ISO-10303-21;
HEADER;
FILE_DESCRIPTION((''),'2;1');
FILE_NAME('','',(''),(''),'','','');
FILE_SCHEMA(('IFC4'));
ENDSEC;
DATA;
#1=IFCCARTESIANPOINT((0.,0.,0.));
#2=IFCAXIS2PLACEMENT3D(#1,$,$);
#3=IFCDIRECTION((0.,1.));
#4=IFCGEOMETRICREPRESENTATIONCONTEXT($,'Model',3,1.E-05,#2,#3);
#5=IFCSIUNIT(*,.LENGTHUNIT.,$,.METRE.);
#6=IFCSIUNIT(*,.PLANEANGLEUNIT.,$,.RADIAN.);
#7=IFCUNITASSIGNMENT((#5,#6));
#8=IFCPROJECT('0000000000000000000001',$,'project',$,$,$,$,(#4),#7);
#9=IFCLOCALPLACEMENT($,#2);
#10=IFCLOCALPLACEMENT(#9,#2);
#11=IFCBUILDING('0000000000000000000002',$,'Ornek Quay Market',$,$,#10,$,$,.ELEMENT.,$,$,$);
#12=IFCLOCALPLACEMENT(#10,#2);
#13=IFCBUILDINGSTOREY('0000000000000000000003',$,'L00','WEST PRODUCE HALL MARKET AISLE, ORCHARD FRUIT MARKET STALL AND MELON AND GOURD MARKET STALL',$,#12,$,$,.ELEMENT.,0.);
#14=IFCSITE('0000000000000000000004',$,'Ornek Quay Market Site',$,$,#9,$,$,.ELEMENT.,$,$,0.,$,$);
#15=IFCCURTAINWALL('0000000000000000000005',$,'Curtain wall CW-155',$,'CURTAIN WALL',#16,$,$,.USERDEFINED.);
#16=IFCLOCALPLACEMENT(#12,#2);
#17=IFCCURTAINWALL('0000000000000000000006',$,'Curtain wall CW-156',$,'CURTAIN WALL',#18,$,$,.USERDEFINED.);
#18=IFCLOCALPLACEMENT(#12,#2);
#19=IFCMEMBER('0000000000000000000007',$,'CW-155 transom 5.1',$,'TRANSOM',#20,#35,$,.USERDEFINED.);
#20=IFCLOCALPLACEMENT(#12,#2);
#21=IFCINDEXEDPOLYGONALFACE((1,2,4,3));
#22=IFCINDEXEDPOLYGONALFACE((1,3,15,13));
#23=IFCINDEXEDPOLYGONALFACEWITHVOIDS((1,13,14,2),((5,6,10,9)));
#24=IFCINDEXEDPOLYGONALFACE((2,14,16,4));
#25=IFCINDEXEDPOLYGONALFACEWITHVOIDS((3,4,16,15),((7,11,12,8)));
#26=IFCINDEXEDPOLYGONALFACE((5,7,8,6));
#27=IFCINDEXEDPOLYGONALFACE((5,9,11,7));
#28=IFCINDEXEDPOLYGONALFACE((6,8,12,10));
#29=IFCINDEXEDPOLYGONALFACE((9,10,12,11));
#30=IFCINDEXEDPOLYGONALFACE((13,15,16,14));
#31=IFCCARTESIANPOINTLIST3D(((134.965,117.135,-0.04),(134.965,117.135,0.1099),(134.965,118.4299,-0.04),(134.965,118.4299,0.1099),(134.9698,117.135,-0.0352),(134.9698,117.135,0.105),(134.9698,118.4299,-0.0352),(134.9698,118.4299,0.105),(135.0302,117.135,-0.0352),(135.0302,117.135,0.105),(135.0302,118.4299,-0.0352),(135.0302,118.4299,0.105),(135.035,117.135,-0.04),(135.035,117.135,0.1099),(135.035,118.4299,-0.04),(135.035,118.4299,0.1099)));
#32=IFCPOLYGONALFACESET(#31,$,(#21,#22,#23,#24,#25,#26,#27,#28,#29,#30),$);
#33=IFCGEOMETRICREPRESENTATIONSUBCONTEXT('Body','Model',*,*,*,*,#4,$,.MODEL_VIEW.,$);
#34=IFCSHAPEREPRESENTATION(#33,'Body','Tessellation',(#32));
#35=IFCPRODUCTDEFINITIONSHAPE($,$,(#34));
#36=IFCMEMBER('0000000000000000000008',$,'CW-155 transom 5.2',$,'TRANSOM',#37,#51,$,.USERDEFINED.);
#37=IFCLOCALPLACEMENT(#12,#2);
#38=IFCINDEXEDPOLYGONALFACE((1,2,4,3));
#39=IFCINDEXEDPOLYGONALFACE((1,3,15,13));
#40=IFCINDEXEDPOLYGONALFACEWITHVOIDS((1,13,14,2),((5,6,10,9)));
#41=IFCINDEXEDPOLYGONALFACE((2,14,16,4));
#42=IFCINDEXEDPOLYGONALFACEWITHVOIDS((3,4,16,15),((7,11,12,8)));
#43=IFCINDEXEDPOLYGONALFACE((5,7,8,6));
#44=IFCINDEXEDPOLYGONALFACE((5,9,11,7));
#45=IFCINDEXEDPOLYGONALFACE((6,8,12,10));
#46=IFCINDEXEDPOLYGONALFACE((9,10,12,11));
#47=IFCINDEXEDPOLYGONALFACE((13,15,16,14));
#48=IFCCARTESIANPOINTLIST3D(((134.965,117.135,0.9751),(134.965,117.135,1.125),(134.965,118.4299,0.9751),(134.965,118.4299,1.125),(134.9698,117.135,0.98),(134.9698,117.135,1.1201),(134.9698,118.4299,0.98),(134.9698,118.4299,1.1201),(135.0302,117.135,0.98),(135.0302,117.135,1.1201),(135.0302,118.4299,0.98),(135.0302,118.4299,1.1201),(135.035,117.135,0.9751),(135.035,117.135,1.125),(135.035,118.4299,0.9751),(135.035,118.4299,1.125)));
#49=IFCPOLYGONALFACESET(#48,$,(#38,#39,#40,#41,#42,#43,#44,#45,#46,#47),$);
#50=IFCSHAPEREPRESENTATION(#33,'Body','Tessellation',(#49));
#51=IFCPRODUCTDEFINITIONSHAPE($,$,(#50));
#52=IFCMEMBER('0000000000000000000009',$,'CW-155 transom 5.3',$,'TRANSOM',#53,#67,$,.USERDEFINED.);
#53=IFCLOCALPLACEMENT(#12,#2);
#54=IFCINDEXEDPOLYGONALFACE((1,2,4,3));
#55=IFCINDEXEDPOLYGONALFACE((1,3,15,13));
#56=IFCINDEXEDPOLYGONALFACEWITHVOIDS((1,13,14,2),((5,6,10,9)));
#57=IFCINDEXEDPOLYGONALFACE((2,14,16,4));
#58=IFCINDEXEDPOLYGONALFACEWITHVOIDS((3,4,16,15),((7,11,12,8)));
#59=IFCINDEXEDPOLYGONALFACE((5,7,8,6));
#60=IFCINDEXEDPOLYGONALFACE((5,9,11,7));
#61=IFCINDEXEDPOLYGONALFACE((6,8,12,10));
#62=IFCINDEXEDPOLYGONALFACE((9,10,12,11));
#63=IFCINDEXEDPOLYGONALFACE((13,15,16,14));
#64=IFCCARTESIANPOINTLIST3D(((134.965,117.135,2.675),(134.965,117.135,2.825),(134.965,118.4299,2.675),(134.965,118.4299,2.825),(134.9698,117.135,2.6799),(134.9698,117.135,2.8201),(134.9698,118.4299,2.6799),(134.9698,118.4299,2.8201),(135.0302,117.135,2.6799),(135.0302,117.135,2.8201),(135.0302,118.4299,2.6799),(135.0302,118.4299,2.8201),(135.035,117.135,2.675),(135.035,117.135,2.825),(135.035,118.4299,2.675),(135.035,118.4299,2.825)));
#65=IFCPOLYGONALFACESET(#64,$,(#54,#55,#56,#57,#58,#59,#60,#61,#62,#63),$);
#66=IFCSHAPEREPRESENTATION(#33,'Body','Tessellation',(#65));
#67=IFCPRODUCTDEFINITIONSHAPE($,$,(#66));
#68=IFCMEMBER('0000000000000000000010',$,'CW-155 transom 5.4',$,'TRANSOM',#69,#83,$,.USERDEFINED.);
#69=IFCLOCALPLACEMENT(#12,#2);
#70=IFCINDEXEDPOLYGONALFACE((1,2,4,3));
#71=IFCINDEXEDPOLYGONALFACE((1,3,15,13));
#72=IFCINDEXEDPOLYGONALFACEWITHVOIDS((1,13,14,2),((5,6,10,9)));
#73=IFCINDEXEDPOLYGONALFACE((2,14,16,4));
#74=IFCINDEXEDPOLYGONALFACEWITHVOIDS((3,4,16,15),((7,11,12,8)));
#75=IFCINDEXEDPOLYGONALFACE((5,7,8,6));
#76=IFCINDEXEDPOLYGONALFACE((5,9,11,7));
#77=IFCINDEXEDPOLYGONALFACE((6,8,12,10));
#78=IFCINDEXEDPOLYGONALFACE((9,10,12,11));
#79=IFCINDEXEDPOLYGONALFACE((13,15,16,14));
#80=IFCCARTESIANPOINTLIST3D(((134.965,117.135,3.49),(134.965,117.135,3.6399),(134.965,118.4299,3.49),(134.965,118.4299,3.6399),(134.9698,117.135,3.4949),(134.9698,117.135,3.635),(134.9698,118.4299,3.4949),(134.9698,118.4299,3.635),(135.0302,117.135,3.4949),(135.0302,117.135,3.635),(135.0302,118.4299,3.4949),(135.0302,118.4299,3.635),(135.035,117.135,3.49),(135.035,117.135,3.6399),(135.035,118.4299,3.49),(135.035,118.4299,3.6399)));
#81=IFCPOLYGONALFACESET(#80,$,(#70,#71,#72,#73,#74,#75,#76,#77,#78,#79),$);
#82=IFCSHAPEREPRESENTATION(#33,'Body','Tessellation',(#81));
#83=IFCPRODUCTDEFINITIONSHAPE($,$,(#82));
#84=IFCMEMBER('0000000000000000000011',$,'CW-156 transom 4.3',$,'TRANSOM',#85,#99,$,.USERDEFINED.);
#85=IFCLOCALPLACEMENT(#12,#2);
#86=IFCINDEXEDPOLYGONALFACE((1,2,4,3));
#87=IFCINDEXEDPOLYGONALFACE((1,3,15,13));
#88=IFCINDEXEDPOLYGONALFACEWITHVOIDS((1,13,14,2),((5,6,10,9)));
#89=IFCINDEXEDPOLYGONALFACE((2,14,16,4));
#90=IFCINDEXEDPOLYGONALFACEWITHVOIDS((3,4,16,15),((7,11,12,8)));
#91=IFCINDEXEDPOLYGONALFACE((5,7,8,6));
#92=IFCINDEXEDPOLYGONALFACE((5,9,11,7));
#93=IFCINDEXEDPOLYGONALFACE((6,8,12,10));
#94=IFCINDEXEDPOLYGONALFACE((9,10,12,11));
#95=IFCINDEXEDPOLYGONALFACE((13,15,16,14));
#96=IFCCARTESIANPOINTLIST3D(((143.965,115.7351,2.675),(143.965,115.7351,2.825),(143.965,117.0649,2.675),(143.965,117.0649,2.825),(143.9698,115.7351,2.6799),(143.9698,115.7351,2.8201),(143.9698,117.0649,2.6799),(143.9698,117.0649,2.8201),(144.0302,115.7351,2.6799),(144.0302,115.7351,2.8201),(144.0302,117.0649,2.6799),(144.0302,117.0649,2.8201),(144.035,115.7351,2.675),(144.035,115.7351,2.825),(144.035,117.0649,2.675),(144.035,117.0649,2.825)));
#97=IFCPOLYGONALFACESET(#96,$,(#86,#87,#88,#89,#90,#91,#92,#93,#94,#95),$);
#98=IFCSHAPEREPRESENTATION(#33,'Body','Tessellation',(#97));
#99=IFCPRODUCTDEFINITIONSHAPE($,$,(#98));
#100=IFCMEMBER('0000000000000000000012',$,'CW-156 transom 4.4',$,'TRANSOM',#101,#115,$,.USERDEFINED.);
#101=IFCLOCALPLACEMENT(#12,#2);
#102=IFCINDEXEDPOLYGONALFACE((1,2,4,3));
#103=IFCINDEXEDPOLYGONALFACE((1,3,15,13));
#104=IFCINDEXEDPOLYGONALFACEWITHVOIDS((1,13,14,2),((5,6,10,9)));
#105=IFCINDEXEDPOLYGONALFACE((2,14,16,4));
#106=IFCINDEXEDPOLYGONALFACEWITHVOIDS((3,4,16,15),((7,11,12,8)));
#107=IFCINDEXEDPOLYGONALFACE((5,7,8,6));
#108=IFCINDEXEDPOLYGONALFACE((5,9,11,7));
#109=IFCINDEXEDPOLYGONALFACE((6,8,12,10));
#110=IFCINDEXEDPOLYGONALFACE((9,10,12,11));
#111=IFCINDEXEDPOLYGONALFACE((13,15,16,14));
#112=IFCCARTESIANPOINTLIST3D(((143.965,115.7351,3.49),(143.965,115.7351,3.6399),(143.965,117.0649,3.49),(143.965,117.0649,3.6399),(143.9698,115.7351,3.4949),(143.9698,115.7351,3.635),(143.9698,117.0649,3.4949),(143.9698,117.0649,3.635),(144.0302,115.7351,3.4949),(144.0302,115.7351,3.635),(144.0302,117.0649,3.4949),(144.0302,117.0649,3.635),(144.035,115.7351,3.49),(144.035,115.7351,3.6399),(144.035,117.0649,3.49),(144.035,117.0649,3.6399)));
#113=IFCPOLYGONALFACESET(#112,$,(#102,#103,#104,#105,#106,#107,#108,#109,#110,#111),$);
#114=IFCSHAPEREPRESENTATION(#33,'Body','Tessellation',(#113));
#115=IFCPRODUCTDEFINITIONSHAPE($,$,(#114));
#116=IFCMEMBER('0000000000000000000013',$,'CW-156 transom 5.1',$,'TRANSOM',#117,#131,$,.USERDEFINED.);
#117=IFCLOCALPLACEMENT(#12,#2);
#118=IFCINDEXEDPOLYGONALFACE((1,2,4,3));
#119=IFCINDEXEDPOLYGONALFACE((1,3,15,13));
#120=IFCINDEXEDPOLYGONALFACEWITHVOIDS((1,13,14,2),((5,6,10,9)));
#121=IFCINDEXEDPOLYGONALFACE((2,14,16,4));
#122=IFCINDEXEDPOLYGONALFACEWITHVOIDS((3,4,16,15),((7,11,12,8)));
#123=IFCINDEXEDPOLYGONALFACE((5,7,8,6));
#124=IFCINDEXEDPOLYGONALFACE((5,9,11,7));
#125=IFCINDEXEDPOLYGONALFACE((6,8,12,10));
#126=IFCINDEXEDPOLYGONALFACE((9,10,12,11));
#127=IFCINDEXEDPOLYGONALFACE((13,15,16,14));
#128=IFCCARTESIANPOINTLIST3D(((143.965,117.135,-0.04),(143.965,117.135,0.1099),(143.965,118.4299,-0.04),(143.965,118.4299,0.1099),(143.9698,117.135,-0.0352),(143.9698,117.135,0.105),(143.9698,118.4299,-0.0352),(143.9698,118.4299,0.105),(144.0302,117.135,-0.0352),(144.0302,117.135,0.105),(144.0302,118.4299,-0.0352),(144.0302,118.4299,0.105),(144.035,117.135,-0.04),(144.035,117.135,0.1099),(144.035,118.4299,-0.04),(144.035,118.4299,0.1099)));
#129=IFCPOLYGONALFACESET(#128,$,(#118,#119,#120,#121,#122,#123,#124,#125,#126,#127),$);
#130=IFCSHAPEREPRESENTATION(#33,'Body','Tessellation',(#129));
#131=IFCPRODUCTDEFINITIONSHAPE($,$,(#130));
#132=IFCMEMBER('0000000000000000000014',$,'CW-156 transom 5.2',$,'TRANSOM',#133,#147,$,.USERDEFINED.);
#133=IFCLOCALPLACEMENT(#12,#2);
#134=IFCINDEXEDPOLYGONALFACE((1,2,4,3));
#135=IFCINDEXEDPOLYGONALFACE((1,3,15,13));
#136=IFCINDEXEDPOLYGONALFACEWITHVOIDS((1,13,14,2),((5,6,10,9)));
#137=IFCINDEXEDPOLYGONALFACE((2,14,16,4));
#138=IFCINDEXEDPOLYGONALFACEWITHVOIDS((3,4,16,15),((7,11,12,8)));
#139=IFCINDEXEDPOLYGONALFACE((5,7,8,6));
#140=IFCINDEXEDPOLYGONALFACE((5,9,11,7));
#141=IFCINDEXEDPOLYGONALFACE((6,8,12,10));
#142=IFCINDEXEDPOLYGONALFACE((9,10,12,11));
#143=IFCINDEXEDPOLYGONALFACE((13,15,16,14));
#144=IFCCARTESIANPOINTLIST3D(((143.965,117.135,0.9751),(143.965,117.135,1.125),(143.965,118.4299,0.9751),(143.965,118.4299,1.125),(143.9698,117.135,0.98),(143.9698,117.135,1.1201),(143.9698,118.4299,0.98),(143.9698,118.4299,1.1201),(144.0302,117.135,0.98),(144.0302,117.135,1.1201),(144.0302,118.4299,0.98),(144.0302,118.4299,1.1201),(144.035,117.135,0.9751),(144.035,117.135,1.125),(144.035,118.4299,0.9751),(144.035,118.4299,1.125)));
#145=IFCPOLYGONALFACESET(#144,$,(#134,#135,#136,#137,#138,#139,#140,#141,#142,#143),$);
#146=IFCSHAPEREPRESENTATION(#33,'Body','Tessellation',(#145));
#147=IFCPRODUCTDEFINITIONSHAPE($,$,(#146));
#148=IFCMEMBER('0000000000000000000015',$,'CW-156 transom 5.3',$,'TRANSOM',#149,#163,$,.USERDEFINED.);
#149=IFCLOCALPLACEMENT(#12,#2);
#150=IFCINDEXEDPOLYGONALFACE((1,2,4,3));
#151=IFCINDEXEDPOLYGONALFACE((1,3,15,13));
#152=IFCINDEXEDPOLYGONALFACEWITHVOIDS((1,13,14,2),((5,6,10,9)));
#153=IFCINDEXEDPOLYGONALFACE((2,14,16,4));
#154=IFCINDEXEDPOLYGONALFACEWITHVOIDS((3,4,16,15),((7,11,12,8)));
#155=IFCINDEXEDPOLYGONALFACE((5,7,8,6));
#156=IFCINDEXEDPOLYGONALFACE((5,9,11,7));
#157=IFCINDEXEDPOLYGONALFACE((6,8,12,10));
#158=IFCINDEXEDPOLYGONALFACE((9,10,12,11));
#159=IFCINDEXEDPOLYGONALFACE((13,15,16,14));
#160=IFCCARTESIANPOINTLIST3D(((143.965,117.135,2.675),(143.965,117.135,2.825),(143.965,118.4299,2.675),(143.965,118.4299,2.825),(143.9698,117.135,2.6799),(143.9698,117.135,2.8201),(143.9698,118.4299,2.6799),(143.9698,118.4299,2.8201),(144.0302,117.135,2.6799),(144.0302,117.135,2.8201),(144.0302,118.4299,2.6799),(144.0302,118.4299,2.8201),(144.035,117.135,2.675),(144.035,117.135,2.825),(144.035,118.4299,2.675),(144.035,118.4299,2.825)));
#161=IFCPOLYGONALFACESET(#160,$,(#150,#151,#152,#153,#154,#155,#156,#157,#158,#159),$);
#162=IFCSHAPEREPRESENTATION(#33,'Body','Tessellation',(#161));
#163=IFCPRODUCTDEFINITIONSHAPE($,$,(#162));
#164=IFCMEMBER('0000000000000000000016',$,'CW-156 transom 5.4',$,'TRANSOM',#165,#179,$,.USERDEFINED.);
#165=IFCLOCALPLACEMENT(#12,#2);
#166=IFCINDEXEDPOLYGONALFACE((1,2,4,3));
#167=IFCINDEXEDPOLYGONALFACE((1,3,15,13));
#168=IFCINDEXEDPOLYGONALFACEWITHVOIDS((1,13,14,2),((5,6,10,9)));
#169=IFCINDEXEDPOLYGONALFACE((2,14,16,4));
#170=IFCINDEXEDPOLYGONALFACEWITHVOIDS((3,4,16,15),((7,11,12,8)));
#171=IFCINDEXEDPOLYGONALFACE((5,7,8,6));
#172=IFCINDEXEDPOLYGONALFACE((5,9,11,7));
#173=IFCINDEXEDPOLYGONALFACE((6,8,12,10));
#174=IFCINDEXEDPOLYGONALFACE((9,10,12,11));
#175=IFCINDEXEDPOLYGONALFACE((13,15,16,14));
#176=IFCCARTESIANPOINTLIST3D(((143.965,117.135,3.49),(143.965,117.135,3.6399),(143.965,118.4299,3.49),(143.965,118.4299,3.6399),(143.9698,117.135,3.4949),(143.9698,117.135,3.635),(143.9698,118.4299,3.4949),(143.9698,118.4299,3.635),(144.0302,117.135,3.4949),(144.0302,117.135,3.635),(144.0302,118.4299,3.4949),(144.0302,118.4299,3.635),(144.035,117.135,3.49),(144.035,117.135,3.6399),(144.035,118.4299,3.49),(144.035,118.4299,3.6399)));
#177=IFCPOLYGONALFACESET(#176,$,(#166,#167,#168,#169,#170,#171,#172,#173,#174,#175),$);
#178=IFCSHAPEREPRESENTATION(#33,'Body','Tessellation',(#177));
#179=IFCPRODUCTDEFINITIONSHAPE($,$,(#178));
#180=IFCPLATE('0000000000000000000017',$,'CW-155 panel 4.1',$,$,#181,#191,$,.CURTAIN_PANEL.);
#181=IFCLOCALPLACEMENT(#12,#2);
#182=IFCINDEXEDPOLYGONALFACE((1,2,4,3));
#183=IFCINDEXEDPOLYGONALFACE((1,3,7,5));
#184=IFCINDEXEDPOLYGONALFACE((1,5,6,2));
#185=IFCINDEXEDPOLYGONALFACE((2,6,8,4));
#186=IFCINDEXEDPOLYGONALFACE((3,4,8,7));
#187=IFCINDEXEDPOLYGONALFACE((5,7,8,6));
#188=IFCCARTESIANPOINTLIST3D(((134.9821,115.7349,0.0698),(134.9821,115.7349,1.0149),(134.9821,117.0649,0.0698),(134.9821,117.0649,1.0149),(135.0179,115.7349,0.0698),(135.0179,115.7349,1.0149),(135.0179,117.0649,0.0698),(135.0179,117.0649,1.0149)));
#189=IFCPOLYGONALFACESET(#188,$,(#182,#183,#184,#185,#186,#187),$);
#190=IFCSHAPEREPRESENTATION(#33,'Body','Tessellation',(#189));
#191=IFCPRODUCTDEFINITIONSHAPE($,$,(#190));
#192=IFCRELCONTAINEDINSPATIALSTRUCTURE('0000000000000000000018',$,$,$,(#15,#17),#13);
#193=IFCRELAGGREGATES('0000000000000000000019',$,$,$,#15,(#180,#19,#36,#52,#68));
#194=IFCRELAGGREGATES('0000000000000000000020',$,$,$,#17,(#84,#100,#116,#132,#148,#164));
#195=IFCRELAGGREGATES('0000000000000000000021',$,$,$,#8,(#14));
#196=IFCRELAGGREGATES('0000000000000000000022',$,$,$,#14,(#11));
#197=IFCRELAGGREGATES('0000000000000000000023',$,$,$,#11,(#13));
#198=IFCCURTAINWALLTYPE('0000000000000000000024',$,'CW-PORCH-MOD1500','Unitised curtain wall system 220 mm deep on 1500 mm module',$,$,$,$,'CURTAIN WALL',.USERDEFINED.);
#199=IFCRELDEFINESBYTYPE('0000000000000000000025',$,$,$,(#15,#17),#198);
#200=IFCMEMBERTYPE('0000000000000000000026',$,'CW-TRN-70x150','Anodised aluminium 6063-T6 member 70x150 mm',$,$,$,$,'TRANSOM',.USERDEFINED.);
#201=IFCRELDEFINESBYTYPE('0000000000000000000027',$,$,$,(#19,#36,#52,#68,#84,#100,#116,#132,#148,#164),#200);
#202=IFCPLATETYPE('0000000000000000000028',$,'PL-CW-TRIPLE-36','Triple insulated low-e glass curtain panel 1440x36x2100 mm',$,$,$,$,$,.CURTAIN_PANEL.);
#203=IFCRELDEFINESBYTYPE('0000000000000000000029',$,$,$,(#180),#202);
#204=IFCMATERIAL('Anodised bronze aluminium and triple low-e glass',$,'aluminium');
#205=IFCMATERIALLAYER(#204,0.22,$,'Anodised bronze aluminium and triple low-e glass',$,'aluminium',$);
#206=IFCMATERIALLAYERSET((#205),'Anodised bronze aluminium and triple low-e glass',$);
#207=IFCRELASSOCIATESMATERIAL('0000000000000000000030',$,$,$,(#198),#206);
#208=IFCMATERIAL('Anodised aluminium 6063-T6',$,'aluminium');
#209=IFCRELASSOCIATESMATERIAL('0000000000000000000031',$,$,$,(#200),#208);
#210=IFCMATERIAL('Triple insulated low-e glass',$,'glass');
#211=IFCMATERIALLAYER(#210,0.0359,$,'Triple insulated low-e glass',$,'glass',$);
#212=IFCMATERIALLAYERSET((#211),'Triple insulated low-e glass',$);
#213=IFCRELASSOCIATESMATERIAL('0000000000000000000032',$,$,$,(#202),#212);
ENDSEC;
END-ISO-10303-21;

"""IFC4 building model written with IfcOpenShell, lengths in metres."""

from ifc_helpers import new_model, si_unit, direction, frame, origin, origin_2d, place, context, subcontext, project, spatial, rectangle, hollow_rectangle, extrude, material, layer, layer_set, material_profile, profile_set, type_object, element, aggregate, save


model = new_model("IFC4")

# Units and contexts
model_context = context("Model", 3, precision=1e-05, world=origin(), true_north=direction((0.0, 1.0)))
body_context = subcontext(model_context, "Body", "Model", "MODEL_VIEW")
ifc_project = project(units=[si_unit("LENGTHUNIT", "METRE"), si_unit("PLANEANGLEUNIT", "RADIAN")], contexts=[model_context])

# Site, building, storey
site_placement = place(None, origin())
site = spatial("IfcSite", under=ifc_project, at=site_placement, Name="Ornek Quay Market Site", CompositionType="ELEMENT", RefElevation=0.0)
building_placement = place(site_placement, origin())
building = spatial("IfcBuilding", under=site, at=building_placement, Name="Ornek Quay Market", CompositionType="ELEMENT")
storey_placement = place(building_placement, origin())
storey = spatial("IfcBuildingStorey", under=building, at=storey_placement, Name="L00", Description="WEST PRODUCE HALL MARKET AISLE, ORCHARD FRUIT MARKET STALL AND MELON AND GOURD MARKET STALL", CompositionType="ELEMENT", Elevation=0.0)

# Curtain walls
ifc_material_1 = material(Name="Anodised bronze aluminium and triple low-e glass", Category="aluminium")
ifc_layer_1 = layer(ifc_material_1, 0.22, Name="Anodised bronze aluminium and triple low-e glass", Category="aluminium")
ifc_layer_set_1 = layer_set([ifc_layer_1], Name="Anodised bronze aluminium and triple low-e glass")
curtain_wall_type = type_object("IfcCurtainWallType", Name="CW-PORCH-MOD1500", Description="Unitised curtain wall system 220 mm deep on 1500 mm module", ElementType="CURTAIN WALL", PredefinedType="USERDEFINED", material=ifc_layer_set_1)
curtain_wall_1_placement = place(storey_placement, origin())
curtain_wall_1 = element("IfcCurtainWall", 1, at=curtain_wall_1_placement, inside=storey, type_object=curtain_wall_type, Name="Curtain wall CW-155", ObjectType="CURTAIN WALL", PredefinedType="USERDEFINED")
ifc_material_2 = material(Name="Anodised aluminium 6063-T6", Category="aluminium")
curtain_wall_2_placement = place(storey_placement, origin())
curtain_wall_2 = element("IfcCurtainWall", 2, at=curtain_wall_2_placement, inside=storey, type_object=curtain_wall_type, Name="Curtain wall CW-156", ObjectType="CURTAIN WALL", PredefinedType="USERDEFINED")

# Members
ifc_material_profile_1 = material_profile(ifc_material_2, hollow_rectangle(XDim=0.0701, YDim=0.1499, WallThickness=0.0049, at=origin_2d()), Name="CW-TRN-70x150", Category="aluminium")
ifc_profile_set_1 = profile_set([ifc_material_profile_1], Name="Anodised aluminium 6063-T6")
member_type_1 = type_object("IfcMemberType", Name="CW-TRN-70x150", Description="Anodised aluminium 6063-T6 member 70x150 mm", ElementType="TRANSOM", PredefinedType="USERDEFINED", material=ifc_profile_set_1)
member_1_placement = place(storey_placement, frame((135.0, 117.135, 0.0349), z_axis=(0.0, 1.0, 0.0), x_axis=(-1.0, 0.0, 0.0)))
member_1 = element("IfcMember", 3, at=member_1_placement, type_object=member_type_1, Name="CW-155 transom 5.1", ObjectType="TRANSOM", PredefinedType="USERDEFINED", context=body_context, shape_type="SweptSolid", body=[
    extrude(hollow_rectangle(XDim=0.0701, YDim=0.1499, WallThickness=0.0049, at=origin_2d()), origin(), (0.0, 0.0, 1.0), 1.2949),
])
member_2_placement = place(storey_placement, frame((135.0, 117.135, 1.05), z_axis=(0.0, 1.0, 0.0), x_axis=(-1.0, 0.0, 0.0)))
member_2 = element("IfcMember", 4, at=member_2_placement, type_object=member_type_1, Name="CW-155 transom 5.2", ObjectType="TRANSOM", PredefinedType="USERDEFINED", context=body_context, shape_type="SweptSolid", body=[
    extrude(hollow_rectangle(XDim=0.0701, YDim=0.1499, WallThickness=0.0049, at=origin_2d()), origin(), (0.0, 0.0, 1.0), 1.2949),
])
member_3_placement = place(storey_placement, frame((135.0, 117.135, 2.75), z_axis=(0.0, 1.0, 0.0), x_axis=(-1.0, 0.0, 0.0)))
member_3 = element("IfcMember", 5, at=member_3_placement, type_object=member_type_1, Name="CW-155 transom 5.3", ObjectType="TRANSOM", PredefinedType="USERDEFINED", context=body_context, shape_type="SweptSolid", body=[
    extrude(hollow_rectangle(XDim=0.0701, YDim=0.1499, WallThickness=0.0049, at=origin_2d()), origin(), (0.0, 0.0, 1.0), 1.2949),
])
member_4_placement = place(storey_placement, frame((135.0, 117.135, 3.5649), z_axis=(0.0, 1.0, 0.0), x_axis=(-1.0, 0.0, 0.0)))
member_4 = element("IfcMember", 6, at=member_4_placement, type_object=member_type_1, Name="CW-155 transom 5.4", ObjectType="TRANSOM", PredefinedType="USERDEFINED", context=body_context, shape_type="SweptSolid", body=[
    extrude(hollow_rectangle(XDim=0.0701, YDim=0.1499, WallThickness=0.0049, at=origin_2d()), origin(), (0.0, 0.0, 1.0), 1.2949),
])
member_5_placement = place(storey_placement, frame((144.0, 115.7351, 2.75), z_axis=(0.0, 1.0, 0.0), x_axis=(-1.0, 0.0, 0.0)))
member_5 = element("IfcMember", 7, at=member_5_placement, type_object=member_type_1, Name="CW-156 transom 4.3", ObjectType="TRANSOM", PredefinedType="USERDEFINED", context=body_context, shape_type="SweptSolid", body=[
    extrude(hollow_rectangle(XDim=0.0701, YDim=0.1499, WallThickness=0.0049, at=origin_2d()), origin(), (0.0, 0.0, 1.0), 1.3298),
])
member_6_placement = place(storey_placement, frame((144.0, 115.7351, 3.5649), z_axis=(0.0, 1.0, 0.0), x_axis=(-1.0, 0.0, 0.0)))
member_6 = element("IfcMember", 8, at=member_6_placement, type_object=member_type_1, Name="CW-156 transom 4.4", ObjectType="TRANSOM", PredefinedType="USERDEFINED", context=body_context, shape_type="SweptSolid", body=[
    extrude(hollow_rectangle(XDim=0.0701, YDim=0.1499, WallThickness=0.0049, at=origin_2d()), origin(), (0.0, 0.0, 1.0), 1.3298),
])
member_7_placement = place(storey_placement, frame((144.0, 117.135, 0.0349), z_axis=(0.0, 1.0, 0.0), x_axis=(-1.0, 0.0, 0.0)))
member_7 = element("IfcMember", 9, at=member_7_placement, type_object=member_type_1, Name="CW-156 transom 5.1", ObjectType="TRANSOM", PredefinedType="USERDEFINED", context=body_context, shape_type="SweptSolid", body=[
    extrude(hollow_rectangle(XDim=0.0701, YDim=0.1499, WallThickness=0.0049, at=origin_2d()), origin(), (0.0, 0.0, 1.0), 1.2949),
])
member_8_placement = place(storey_placement, frame((144.0, 117.135, 1.05), z_axis=(0.0, 1.0, 0.0), x_axis=(-1.0, 0.0, 0.0)))
member_8 = element("IfcMember", 10, at=member_8_placement, type_object=member_type_1, Name="CW-156 transom 5.2", ObjectType="TRANSOM", PredefinedType="USERDEFINED", context=body_context, shape_type="SweptSolid", body=[
    extrude(hollow_rectangle(XDim=0.0701, YDim=0.1499, WallThickness=0.0049, at=origin_2d()), origin(), (0.0, 0.0, 1.0), 1.2949),
])
member_9_placement = place(storey_placement, frame((144.0, 117.135, 2.75), z_axis=(0.0, 1.0, 0.0), x_axis=(-1.0, 0.0, 0.0)))
member_9 = element("IfcMember", 11, at=member_9_placement, type_object=member_type_1, Name="CW-156 transom 5.3", ObjectType="TRANSOM", PredefinedType="USERDEFINED", context=body_context, shape_type="SweptSolid", body=[
    extrude(hollow_rectangle(XDim=0.0701, YDim=0.1499, WallThickness=0.0049, at=origin_2d()), origin(), (0.0, 0.0, 1.0), 1.2949),
])
member_10_placement = place(storey_placement, frame((144.0, 117.135, 3.5649), z_axis=(0.0, 1.0, 0.0), x_axis=(-1.0, 0.0, 0.0)))
member_10 = element("IfcMember", 12, at=member_10_placement, type_object=member_type_1, Name="CW-156 transom 5.4", ObjectType="TRANSOM", PredefinedType="USERDEFINED", context=body_context, shape_type="SweptSolid", body=[
    extrude(hollow_rectangle(XDim=0.0701, YDim=0.1499, WallThickness=0.0049, at=origin_2d()), origin(), (0.0, 0.0, 1.0), 1.2949),
])

# Plate
ifc_material_3 = material(Name="Triple insulated low-e glass", Category="glass")
ifc_layer_2 = layer(ifc_material_3, 0.0359, Name="Triple insulated low-e glass", Category="glass")
ifc_layer_set_2 = layer_set([ifc_layer_2], Name="Triple insulated low-e glass")
plate_type_1 = type_object("IfcPlateType", Name="PL-CW-TRIPLE-36", Description="Triple insulated low-e glass curtain panel 1440x36x2100 mm", PredefinedType="CURTAIN_PANEL", material=ifc_layer_set_2)
plate_1_placement = place(storey_placement, frame((135.0, 116.3999, 0.0698), z_axis=(0.0, 0.0, 1.0), x_axis=(0.0, 1.0, 0.0)))
plate_1 = element("IfcPlate", 13, at=plate_1_placement, type_object=plate_type_1, Name="CW-155 panel 4.1", PredefinedType="CURTAIN_PANEL", context=body_context, shape_type="SweptSolid", body=[
    extrude(rectangle(XDim=1.3301, YDim=0.0359, at=origin_2d()), origin(), (0.0, 0.0, 1.0), 0.9451),
])
aggregate(curtain_wall_1, [plate_1, member_1, member_2, member_3, member_4])
aggregate(curtain_wall_2, [member_5, member_6, member_7, member_8, member_9, member_10])

save(model, "model.ifc")
